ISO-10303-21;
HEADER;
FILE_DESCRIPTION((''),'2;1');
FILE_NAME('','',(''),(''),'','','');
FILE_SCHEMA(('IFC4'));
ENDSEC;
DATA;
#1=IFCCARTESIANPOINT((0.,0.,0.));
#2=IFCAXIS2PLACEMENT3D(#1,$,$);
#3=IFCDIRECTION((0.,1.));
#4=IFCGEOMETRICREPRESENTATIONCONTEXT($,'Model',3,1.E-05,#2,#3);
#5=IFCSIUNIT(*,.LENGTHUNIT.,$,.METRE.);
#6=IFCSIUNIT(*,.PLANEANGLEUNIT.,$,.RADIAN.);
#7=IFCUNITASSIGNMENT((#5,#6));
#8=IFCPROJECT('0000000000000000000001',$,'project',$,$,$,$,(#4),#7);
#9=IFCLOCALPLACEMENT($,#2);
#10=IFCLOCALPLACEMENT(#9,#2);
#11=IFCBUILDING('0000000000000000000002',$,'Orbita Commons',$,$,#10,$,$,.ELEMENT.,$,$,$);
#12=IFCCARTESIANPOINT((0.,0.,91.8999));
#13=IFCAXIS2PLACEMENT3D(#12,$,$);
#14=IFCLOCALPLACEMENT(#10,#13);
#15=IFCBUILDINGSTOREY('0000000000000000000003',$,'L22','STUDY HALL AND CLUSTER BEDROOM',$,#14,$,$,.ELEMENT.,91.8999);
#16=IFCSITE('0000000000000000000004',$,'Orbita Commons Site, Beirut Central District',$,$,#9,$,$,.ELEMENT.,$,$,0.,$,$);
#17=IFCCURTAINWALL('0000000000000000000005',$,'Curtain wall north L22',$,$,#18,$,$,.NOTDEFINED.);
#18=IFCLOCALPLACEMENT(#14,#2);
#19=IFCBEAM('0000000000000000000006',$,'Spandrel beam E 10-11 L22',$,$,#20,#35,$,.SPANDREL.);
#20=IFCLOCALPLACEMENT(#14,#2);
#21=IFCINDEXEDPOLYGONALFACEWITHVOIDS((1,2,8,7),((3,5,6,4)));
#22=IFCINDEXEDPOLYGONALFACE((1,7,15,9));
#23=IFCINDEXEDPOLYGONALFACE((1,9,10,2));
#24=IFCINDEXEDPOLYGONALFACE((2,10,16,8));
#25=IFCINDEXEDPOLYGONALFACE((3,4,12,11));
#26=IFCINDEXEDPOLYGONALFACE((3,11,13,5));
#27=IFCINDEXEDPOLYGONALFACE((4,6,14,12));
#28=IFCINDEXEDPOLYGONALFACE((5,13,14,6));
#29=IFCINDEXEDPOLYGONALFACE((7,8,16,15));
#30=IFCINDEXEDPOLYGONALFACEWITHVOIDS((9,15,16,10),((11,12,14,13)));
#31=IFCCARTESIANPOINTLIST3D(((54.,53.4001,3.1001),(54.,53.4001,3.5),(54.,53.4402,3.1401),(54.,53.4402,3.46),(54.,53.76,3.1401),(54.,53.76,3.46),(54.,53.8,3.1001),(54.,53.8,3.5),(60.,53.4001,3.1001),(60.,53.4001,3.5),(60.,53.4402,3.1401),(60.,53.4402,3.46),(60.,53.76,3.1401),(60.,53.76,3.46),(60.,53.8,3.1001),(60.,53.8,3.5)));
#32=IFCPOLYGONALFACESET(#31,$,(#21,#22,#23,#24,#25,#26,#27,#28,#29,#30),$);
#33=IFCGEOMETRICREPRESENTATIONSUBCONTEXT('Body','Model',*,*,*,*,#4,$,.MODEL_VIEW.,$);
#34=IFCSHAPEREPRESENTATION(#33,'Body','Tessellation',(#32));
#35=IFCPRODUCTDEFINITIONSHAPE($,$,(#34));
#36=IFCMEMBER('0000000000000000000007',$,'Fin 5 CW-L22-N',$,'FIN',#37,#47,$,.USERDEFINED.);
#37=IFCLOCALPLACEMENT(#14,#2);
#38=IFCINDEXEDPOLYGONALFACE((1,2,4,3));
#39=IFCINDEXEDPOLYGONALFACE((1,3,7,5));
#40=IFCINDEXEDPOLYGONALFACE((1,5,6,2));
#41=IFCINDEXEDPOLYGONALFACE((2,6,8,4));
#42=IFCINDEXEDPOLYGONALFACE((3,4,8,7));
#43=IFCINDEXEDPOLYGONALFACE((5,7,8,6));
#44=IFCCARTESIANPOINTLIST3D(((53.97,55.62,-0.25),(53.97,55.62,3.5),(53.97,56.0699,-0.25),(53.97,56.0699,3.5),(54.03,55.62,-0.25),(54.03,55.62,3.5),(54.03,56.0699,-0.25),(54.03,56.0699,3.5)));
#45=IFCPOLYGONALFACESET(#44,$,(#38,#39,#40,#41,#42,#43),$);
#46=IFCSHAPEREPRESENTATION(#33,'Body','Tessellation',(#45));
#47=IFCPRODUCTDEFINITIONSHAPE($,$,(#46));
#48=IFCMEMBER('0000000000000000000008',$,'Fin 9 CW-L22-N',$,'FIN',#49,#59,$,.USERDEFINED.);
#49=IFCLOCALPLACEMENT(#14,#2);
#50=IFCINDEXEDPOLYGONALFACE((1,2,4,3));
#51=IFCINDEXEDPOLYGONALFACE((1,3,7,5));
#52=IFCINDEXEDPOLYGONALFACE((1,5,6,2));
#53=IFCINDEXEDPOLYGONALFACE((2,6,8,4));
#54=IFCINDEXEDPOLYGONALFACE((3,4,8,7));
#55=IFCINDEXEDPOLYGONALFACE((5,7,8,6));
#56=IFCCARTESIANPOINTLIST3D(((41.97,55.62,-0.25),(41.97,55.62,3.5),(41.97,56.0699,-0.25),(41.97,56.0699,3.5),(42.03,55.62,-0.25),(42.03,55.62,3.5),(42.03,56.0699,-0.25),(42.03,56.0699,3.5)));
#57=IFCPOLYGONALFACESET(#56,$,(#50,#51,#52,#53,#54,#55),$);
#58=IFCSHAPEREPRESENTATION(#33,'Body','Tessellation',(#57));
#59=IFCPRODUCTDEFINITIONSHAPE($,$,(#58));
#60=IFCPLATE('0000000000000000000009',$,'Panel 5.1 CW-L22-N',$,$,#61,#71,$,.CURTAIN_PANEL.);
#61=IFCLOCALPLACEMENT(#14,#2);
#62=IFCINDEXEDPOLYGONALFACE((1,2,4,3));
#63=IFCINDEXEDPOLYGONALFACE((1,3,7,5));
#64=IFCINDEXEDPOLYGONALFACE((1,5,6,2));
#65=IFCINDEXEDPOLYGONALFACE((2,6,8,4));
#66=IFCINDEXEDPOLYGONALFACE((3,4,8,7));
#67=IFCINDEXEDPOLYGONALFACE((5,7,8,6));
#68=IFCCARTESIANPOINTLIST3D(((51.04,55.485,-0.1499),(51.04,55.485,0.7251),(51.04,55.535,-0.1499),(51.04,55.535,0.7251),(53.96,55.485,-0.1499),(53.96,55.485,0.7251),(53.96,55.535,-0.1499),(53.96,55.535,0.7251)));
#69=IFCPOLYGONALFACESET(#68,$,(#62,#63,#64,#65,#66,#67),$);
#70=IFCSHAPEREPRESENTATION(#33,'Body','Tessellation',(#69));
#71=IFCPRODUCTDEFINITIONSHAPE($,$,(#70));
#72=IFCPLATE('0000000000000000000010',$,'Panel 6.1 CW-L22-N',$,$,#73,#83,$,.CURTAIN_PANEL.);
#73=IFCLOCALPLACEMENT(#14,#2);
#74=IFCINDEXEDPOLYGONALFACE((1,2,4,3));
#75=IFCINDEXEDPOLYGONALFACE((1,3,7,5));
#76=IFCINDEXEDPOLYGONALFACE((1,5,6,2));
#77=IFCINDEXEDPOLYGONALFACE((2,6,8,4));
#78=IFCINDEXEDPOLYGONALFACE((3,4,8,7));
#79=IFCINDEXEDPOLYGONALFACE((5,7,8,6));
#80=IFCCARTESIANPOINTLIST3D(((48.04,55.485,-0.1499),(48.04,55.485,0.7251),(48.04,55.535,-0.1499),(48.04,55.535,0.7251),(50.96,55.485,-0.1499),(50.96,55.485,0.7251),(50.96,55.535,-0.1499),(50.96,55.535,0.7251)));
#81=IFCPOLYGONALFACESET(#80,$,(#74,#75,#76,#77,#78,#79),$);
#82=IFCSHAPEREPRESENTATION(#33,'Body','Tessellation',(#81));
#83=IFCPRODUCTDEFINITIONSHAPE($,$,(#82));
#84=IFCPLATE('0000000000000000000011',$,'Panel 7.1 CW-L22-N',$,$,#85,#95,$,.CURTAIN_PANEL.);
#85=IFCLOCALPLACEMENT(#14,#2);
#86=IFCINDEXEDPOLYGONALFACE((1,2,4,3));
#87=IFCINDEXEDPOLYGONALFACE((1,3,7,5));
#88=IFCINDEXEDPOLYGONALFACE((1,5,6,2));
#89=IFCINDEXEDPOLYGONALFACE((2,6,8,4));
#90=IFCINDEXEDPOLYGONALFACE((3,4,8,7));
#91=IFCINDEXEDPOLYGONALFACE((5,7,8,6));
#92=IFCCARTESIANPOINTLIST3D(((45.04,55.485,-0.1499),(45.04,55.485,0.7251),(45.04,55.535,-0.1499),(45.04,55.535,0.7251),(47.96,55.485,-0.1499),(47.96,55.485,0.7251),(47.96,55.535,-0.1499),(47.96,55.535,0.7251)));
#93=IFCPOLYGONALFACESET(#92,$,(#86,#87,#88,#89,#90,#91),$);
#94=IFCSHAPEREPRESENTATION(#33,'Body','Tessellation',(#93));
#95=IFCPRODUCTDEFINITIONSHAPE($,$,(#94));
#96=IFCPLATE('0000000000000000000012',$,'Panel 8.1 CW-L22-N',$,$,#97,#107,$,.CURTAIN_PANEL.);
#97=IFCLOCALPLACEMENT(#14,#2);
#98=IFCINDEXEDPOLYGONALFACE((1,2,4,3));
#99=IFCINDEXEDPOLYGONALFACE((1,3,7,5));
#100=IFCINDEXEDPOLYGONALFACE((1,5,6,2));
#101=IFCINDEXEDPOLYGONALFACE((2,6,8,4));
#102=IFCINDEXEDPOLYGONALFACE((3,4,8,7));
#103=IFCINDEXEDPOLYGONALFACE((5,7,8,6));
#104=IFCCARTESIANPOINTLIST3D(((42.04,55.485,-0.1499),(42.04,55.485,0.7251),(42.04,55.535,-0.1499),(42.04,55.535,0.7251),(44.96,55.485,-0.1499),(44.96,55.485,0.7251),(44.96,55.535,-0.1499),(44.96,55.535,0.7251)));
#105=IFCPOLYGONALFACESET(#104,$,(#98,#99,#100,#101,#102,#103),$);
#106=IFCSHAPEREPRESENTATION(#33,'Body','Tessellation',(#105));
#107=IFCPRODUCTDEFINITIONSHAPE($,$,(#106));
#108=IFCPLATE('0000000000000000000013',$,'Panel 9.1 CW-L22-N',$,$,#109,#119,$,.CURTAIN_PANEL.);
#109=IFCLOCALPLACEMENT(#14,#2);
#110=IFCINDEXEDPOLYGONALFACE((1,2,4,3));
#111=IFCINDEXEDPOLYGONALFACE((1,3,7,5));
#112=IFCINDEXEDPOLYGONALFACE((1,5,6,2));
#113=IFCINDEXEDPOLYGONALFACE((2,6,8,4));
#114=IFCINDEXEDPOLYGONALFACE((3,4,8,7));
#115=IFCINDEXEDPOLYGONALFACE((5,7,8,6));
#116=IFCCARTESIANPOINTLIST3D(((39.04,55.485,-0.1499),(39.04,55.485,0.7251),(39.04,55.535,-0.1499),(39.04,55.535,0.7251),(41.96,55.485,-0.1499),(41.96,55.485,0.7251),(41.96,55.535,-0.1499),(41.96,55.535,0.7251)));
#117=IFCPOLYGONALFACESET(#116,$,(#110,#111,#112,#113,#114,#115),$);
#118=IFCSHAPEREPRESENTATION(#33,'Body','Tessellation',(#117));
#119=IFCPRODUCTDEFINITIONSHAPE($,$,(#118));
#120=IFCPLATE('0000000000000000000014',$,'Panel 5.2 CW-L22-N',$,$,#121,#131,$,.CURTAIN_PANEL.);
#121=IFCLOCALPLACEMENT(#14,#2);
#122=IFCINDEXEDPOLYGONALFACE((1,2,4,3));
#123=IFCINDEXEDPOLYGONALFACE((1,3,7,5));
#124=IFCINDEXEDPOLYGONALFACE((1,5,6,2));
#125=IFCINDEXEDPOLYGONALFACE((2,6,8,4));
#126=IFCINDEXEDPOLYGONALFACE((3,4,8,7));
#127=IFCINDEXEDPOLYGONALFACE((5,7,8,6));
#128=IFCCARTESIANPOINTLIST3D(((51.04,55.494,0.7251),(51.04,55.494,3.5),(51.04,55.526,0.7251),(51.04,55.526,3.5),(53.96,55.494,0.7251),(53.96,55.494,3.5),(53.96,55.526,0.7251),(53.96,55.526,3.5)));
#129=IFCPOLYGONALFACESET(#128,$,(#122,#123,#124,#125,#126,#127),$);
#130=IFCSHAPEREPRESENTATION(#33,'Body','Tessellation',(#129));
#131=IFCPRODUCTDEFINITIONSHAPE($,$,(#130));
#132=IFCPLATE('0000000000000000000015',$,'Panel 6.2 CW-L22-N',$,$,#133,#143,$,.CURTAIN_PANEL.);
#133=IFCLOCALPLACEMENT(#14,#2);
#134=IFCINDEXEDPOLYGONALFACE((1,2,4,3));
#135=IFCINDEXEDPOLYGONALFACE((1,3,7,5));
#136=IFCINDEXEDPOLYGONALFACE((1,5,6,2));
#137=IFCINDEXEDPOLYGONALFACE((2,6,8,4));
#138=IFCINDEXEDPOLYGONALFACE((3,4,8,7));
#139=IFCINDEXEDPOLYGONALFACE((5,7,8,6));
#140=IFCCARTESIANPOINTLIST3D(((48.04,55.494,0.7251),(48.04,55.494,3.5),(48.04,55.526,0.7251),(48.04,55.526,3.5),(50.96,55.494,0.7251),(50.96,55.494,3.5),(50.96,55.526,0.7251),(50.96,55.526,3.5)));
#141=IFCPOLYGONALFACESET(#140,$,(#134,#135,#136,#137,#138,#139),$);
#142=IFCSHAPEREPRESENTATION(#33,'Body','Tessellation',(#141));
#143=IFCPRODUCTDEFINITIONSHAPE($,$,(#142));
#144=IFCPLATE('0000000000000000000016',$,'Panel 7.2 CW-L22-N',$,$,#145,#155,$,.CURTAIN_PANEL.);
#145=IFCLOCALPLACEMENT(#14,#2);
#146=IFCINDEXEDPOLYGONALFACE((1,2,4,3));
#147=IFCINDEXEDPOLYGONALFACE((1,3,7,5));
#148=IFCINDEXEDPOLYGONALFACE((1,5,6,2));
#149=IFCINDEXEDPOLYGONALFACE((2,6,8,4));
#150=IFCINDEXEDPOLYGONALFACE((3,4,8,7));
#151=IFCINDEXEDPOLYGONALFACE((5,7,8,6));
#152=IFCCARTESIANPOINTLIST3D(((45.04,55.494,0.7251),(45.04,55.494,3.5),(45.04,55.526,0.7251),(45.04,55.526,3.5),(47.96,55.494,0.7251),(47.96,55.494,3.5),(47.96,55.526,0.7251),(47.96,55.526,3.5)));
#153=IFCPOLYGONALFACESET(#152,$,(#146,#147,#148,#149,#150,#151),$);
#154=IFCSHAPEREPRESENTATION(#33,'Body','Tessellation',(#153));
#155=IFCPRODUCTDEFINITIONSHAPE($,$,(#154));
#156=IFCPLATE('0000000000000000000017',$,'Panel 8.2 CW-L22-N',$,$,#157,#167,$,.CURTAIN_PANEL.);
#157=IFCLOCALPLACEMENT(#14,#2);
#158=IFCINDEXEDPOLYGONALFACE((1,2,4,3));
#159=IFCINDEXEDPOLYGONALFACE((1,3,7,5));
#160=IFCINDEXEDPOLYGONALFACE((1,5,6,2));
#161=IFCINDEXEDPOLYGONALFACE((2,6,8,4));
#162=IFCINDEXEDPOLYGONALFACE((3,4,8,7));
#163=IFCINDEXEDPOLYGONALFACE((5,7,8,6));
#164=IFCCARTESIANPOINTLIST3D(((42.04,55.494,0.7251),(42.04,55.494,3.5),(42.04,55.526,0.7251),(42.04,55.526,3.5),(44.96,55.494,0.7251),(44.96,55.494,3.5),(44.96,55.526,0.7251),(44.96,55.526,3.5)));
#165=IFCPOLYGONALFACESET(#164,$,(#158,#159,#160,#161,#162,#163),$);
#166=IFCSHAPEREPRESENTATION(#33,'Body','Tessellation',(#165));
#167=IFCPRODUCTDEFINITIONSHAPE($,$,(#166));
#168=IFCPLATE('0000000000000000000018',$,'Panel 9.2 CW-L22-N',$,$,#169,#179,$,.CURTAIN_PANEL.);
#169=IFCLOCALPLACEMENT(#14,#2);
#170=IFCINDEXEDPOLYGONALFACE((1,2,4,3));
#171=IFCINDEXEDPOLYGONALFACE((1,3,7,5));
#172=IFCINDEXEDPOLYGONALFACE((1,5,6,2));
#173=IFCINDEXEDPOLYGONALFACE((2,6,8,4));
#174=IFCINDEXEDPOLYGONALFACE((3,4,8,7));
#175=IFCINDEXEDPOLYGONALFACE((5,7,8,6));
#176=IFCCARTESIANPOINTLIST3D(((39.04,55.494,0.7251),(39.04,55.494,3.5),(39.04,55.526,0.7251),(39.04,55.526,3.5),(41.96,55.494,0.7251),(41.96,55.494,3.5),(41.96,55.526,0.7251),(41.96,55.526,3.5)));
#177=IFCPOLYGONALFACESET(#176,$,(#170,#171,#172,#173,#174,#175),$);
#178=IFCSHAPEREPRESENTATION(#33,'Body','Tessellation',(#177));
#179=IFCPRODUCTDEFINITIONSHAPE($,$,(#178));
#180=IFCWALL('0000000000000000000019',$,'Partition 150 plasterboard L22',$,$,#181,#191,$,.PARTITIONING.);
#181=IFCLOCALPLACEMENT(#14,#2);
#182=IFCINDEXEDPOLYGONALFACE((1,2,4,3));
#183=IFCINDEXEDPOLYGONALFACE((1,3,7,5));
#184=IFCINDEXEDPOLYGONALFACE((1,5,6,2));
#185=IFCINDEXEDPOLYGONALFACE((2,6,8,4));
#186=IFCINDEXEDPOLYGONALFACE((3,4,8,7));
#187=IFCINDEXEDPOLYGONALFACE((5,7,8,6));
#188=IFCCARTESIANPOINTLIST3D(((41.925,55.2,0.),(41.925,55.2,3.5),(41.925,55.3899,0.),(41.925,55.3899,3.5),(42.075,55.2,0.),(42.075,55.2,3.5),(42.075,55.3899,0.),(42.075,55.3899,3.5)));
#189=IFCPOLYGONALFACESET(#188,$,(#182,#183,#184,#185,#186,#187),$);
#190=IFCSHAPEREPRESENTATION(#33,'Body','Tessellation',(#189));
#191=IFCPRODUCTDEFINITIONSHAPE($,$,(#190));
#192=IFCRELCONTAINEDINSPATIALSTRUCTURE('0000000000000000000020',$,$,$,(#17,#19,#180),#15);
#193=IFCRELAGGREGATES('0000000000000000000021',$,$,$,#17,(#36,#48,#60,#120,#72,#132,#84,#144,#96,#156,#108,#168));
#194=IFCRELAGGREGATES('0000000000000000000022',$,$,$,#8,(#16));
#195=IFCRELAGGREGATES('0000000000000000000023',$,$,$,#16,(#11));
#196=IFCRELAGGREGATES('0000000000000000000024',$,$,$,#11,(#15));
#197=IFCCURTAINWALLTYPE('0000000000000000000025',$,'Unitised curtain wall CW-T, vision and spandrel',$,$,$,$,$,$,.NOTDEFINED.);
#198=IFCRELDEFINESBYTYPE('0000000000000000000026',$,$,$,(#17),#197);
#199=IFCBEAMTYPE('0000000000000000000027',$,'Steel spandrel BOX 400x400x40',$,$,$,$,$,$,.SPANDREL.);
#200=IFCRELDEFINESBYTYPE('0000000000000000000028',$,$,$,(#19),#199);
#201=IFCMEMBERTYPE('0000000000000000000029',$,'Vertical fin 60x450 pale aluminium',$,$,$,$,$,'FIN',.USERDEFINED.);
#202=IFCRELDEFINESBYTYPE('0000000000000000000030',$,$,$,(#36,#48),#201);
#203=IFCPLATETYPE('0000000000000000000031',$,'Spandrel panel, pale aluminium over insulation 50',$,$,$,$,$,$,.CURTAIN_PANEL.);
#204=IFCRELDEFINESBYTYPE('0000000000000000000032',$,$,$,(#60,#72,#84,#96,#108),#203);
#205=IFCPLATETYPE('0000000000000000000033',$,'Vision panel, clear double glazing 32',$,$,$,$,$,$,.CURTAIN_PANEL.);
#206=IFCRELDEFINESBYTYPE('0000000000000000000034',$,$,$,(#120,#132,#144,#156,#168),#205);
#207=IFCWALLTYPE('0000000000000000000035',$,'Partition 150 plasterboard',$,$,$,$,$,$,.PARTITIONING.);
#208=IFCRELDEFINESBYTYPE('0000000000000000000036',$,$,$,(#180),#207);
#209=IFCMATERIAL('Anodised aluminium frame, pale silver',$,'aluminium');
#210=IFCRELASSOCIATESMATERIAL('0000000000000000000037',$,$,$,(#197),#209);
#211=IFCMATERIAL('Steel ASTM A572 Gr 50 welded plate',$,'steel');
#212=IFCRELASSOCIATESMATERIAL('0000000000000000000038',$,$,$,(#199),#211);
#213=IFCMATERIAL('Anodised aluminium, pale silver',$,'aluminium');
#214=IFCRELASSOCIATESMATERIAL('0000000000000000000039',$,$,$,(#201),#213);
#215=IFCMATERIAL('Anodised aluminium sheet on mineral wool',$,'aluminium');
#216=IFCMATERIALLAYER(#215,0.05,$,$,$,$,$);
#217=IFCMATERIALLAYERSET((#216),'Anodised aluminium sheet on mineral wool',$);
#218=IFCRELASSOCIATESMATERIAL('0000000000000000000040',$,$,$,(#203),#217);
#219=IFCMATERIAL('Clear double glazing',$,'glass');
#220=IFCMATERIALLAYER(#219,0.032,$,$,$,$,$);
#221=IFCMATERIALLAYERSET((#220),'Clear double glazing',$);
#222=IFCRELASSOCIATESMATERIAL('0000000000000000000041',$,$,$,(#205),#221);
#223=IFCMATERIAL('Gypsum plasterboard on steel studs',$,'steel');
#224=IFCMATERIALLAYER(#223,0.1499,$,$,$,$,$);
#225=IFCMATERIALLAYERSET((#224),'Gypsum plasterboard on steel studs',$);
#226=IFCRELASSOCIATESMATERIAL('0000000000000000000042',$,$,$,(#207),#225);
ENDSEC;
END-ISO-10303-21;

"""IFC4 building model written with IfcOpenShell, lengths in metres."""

from ifc_helpers import new_model, si_unit, direction, frame, frame_2d, origin, origin_2d, place, context, subcontext, project, spatial, rectangle, hollow_rectangle, extrude, material, layer, layer_set, material_profile, profile_set, type_object, element, aggregate, save


model = new_model("IFC4")

# Units and contexts
model_context = context("Model", 3, precision=1e-05, world=origin(), true_north=direction((0.0, 1.0)))
body_context = subcontext(model_context, "Body", "Model", "MODEL_VIEW")
ifc_project = project(units=[si_unit("LENGTHUNIT", "METRE"), si_unit("PLANEANGLEUNIT", "RADIAN")], contexts=[model_context])

# Site, building, storey
site_placement = place(None, origin())
site = spatial("IfcSite", under=ifc_project, at=site_placement, Name="Orbita Commons Site, Beirut Central District", CompositionType="ELEMENT", RefElevation=0.0)
building_placement = place(site_placement, origin())
building = spatial("IfcBuilding", under=site, at=building_placement, Name="Orbita Commons", CompositionType="ELEMENT")
storey_placement = place(building_placement, frame((0.0, 0.0, 91.8999)))
storey = spatial("IfcBuildingStorey", under=building, at=storey_placement, Name="L22", Description="STUDY HALL AND CLUSTER BEDROOM", CompositionType="ELEMENT", Elevation=91.8999)

# Curtain wall
ifc_material_1 = material(Name="Anodised aluminium frame, pale silver", Category="aluminium")
curtain_wall_type = type_object("IfcCurtainWallType", Name="Unitised curtain wall CW-T, vision and spandrel", PredefinedType="NOTDEFINED", material=ifc_material_1)
curtain_wall_placement = place(storey_placement, origin())
curtain_wall = element("IfcCurtainWall", 1, at=curtain_wall_placement, inside=storey, type_object=curtain_wall_type, Name="Curtain wall north L22", PredefinedType="NOTDEFINED")

# Beam
ifc_material_2 = material(Name="Steel ASTM A572 Gr 50 welded plate", Category="steel")
ifc_material_profile_1 = material_profile(ifc_material_2, hollow_rectangle(XDim=0.3999, YDim=0.3999, WallThickness=0.04, at=origin_2d()), Name="BOX 400x400x40")
ifc_profile_set_1 = profile_set([ifc_material_profile_1], Name="Steel ASTM A572 Gr 50 welded plate")
beam_type = type_object("IfcBeamType", Name="Steel spandrel BOX 400x400x40", PredefinedType="SPANDREL", material=ifc_profile_set_1)
beam_placement = place(storey_placement, frame((54.0, 53.6001, 3.3), z_axis=(1.0, 0.0, 0.0), x_axis=(0.0, 1.0, 0.0)))
element("IfcBeam", 2, at=beam_placement, inside=storey, type_object=beam_type, Name="Spandrel beam E 10-11 L22", PredefinedType="SPANDREL", context=body_context, shape_type="SweptSolid", body=[
    extrude(hollow_rectangle(XDim=0.3999, YDim=0.3999, WallThickness=0.04, at=origin_2d()), origin(), (0.0, 0.0, 1.0), 6.0),
])

# Members
ifc_material_3 = material(Name="Anodised aluminium, pale silver", Category="aluminium")
ifc_material_profile_2 = material_profile(ifc_material_3, rectangle(XDim=0.0601, YDim=0.45, at=origin_2d()), Name="FIN 60x450")
ifc_profile_set_2 = profile_set([ifc_material_profile_2], Name="Anodised aluminium, pale silver")
member_type_1 = type_object("IfcMemberType", Name="Vertical fin 60x450 pale aluminium", ElementType="FIN", PredefinedType="USERDEFINED", material=ifc_profile_set_2)
member_1_placement = place(storey_placement, frame((54.0, 55.845, -0.25), z_axis=(0.0, 0.0, 1.0), x_axis=(-1.0, 0.0, 0.0)))
member_1 = element("IfcMember", 3, at=member_1_placement, type_object=member_type_1, Name="Fin 5 CW-L22-N", ObjectType="FIN", PredefinedType="USERDEFINED", context=body_context, shape_type="SweptSolid", body=[
    extrude(rectangle(XDim=0.0601, YDim=0.45, at=origin_2d()), origin(), (0.0, 0.0, 1.0), 3.75),
])
member_2_placement = place(storey_placement, frame((42.0, 55.845, -0.25), z_axis=(0.0, 0.0, 1.0), x_axis=(-1.0, 0.0, 0.0)))
member_2 = element("IfcMember", 4, at=member_2_placement, type_object=member_type_1, Name="Fin 9 CW-L22-N", ObjectType="FIN", PredefinedType="USERDEFINED", context=body_context, shape_type="SweptSolid", body=[
    extrude(rectangle(XDim=0.0601, YDim=0.45, at=origin_2d()), origin(), (0.0, 0.0, 1.0), 3.75),
])

# Plates
ifc_material_4 = material(Name="Anodised aluminium sheet on mineral wool", Category="aluminium")
ifc_layer_1 = layer(ifc_material_4, 0.05)
ifc_layer_set_1 = layer_set([ifc_layer_1], Name="Anodised aluminium sheet on mineral wool")
plate_type_1 = type_object("IfcPlateType", Name="Spandrel panel, pale aluminium over insulation 50", PredefinedType="CURTAIN_PANEL", material=ifc_layer_set_1)
plate_1_placement = place(storey_placement, frame((52.5, 55.51, -0.1499), z_axis=(0.0, 0.0, 1.0), x_axis=(-1.0, 0.0, 0.0)))
plate_1 = element("IfcPlate", 5, at=plate_1_placement, type_object=plate_type_1, Name="Panel 5.1 CW-L22-N", PredefinedType="CURTAIN_PANEL", context=body_context, shape_type="SweptSolid", body=[
    extrude(rectangle(XDim=2.9199, YDim=0.05, at=origin_2d()), origin(), (0.0, 0.0, 1.0), 0.875),
])
plate_2_placement = place(storey_placement, frame((49.5, 55.51, -0.1499), z_axis=(0.0, 0.0, 1.0), x_axis=(-1.0, 0.0, 0.0)))
plate_2 = element("IfcPlate", 6, at=plate_2_placement, type_object=plate_type_1, Name="Panel 6.1 CW-L22-N", PredefinedType="CURTAIN_PANEL", context=body_context, shape_type="SweptSolid", body=[
    extrude(rectangle(XDim=2.9199, YDim=0.05, at=origin_2d()), origin(), (0.0, 0.0, 1.0), 0.875),
])
plate_3_placement = place(storey_placement, frame((46.5, 55.51, -0.1499), z_axis=(0.0, 0.0, 1.0), x_axis=(-1.0, 0.0, 0.0)))
plate_3 = element("IfcPlate", 7, at=plate_3_placement, type_object=plate_type_1, Name="Panel 7.1 CW-L22-N", PredefinedType="CURTAIN_PANEL", context=body_context, shape_type="SweptSolid", body=[
    extrude(rectangle(XDim=2.9199, YDim=0.05, at=origin_2d()), origin(), (0.0, 0.0, 1.0), 0.875),
])
plate_4_placement = place(storey_placement, frame((43.5, 55.51, -0.1499), z_axis=(0.0, 0.0, 1.0), x_axis=(-1.0, 0.0, 0.0)))
plate_4 = element("IfcPlate", 8, at=plate_4_placement, type_object=plate_type_1, Name="Panel 8.1 CW-L22-N", PredefinedType="CURTAIN_PANEL", context=body_context, shape_type="SweptSolid", body=[
    extrude(rectangle(XDim=2.9199, YDim=0.05, at=origin_2d()), origin(), (0.0, 0.0, 1.0), 0.875),
])
plate_5_placement = place(storey_placement, frame((40.5, 55.51, -0.1499), z_axis=(0.0, 0.0, 1.0), x_axis=(-1.0, 0.0, 0.0)))
plate_5 = element("IfcPlate", 9, at=plate_5_placement, type_object=plate_type_1, Name="Panel 9.1 CW-L22-N", PredefinedType="CURTAIN_PANEL", context=body_context, shape_type="SweptSolid", body=[
    extrude(rectangle(XDim=2.9199, YDim=0.05, at=origin_2d()), origin(), (0.0, 0.0, 1.0), 0.875),
])
ifc_material_5 = material(Name="Clear double glazing", Category="glass")
ifc_layer_2 = layer(ifc_material_5, 0.032)
ifc_layer_set_2 = layer_set([ifc_layer_2], Name="Clear double glazing")
plate_type_2 = type_object("IfcPlateType", Name="Vision panel, clear double glazing 32", PredefinedType="CURTAIN_PANEL", material=ifc_layer_set_2)
plate_6_placement = place(storey_placement, frame((52.5, 55.51, 0.7251), z_axis=(0.0, 0.0, 1.0), x_axis=(-1.0, 0.0, 0.0)))
plate_6 = element("IfcPlate", 10, at=plate_6_placement, type_object=plate_type_2, Name="Panel 5.2 CW-L22-N", PredefinedType="CURTAIN_PANEL", context=body_context, shape_type="SweptSolid", body=[
    extrude(rectangle(XDim=2.9199, YDim=0.032, at=origin_2d()), origin(), (0.0, 0.0, 1.0), 2.7749),
])
plate_7_placement = place(storey_placement, frame((49.5, 55.51, 0.7251), z_axis=(0.0, 0.0, 1.0), x_axis=(-1.0, 0.0, 0.0)))
plate_7 = element("IfcPlate", 11, at=plate_7_placement, type_object=plate_type_2, Name="Panel 6.2 CW-L22-N", PredefinedType="CURTAIN_PANEL", context=body_context, shape_type="SweptSolid", body=[
    extrude(rectangle(XDim=2.9199, YDim=0.032, at=origin_2d()), origin(), (0.0, 0.0, 1.0), 2.7749),
])
plate_8_placement = place(storey_placement, frame((46.5, 55.51, 0.7251), z_axis=(0.0, 0.0, 1.0), x_axis=(-1.0, 0.0, 0.0)))
plate_8 = element("IfcPlate", 12, at=plate_8_placement, type_object=plate_type_2, Name="Panel 7.2 CW-L22-N", PredefinedType="CURTAIN_PANEL", context=body_context, shape_type="SweptSolid", body=[
    extrude(rectangle(XDim=2.9199, YDim=0.032, at=origin_2d()), origin(), (0.0, 0.0, 1.0), 2.7749),
])
plate_9_placement = place(storey_placement, frame((43.5, 55.51, 0.7251), z_axis=(0.0, 0.0, 1.0), x_axis=(-1.0, 0.0, 0.0)))
plate_9 = element("IfcPlate", 13, at=plate_9_placement, type_object=plate_type_2, Name="Panel 8.2 CW-L22-N", PredefinedType="CURTAIN_PANEL", context=body_context, shape_type="SweptSolid", body=[
    extrude(rectangle(XDim=2.9199, YDim=0.032, at=origin_2d()), origin(), (0.0, 0.0, 1.0), 2.7749),
])
plate_10_placement = place(storey_placement, frame((40.5, 55.51, 0.7251), z_axis=(0.0, 0.0, 1.0), x_axis=(-1.0, 0.0, 0.0)))
plate_10 = element("IfcPlate", 14, at=plate_10_placement, type_object=plate_type_2, Name="Panel 9.2 CW-L22-N", PredefinedType="CURTAIN_PANEL", context=body_context, shape_type="SweptSolid", body=[
    extrude(rectangle(XDim=2.9199, YDim=0.032, at=origin_2d()), origin(), (0.0, 0.0, 1.0), 2.7749),
])
aggregate(curtain_wall, [member_1, member_2, plate_1, plate_6, plate_2, plate_7, plate_3, plate_8, plate_4, plate_9, plate_5, plate_10])

# Wall
ifc_material_6 = material(Name="Gypsum plasterboard on steel studs", Category="steel")
ifc_layer_3 = layer(ifc_material_6, 0.1499)
ifc_layer_set_3 = layer_set([ifc_layer_3], Name="Gypsum plasterboard on steel studs")
wall_type_1 = type_object("IfcWallType", Name="Partition 150 plasterboard", PredefinedType="PARTITIONING", material=ifc_layer_set_3)
for number, where, z_axis, x_axis, name in (
    (15, (42.0, 55.2, 0.0), (0.0, 0.0, 1.0), (0.0, 1.0, 0.0), "Partition 150 plasterboard L22"),
):
    element("IfcWall", number, at=place(storey_placement, frame(where, z_axis=z_axis, x_axis=x_axis)), inside=storey, type_object=wall_type_1, Name=name, PredefinedType="PARTITIONING", context=body_context, shape_type="SweptSolid", body=[
        extrude(rectangle(XDim=0.1899, YDim=0.1499, at=frame_2d((0.095, 0.0))), origin(), (0.0, 0.0, 1.0), 3.5),
    ])

save(model, "model.ifc")
